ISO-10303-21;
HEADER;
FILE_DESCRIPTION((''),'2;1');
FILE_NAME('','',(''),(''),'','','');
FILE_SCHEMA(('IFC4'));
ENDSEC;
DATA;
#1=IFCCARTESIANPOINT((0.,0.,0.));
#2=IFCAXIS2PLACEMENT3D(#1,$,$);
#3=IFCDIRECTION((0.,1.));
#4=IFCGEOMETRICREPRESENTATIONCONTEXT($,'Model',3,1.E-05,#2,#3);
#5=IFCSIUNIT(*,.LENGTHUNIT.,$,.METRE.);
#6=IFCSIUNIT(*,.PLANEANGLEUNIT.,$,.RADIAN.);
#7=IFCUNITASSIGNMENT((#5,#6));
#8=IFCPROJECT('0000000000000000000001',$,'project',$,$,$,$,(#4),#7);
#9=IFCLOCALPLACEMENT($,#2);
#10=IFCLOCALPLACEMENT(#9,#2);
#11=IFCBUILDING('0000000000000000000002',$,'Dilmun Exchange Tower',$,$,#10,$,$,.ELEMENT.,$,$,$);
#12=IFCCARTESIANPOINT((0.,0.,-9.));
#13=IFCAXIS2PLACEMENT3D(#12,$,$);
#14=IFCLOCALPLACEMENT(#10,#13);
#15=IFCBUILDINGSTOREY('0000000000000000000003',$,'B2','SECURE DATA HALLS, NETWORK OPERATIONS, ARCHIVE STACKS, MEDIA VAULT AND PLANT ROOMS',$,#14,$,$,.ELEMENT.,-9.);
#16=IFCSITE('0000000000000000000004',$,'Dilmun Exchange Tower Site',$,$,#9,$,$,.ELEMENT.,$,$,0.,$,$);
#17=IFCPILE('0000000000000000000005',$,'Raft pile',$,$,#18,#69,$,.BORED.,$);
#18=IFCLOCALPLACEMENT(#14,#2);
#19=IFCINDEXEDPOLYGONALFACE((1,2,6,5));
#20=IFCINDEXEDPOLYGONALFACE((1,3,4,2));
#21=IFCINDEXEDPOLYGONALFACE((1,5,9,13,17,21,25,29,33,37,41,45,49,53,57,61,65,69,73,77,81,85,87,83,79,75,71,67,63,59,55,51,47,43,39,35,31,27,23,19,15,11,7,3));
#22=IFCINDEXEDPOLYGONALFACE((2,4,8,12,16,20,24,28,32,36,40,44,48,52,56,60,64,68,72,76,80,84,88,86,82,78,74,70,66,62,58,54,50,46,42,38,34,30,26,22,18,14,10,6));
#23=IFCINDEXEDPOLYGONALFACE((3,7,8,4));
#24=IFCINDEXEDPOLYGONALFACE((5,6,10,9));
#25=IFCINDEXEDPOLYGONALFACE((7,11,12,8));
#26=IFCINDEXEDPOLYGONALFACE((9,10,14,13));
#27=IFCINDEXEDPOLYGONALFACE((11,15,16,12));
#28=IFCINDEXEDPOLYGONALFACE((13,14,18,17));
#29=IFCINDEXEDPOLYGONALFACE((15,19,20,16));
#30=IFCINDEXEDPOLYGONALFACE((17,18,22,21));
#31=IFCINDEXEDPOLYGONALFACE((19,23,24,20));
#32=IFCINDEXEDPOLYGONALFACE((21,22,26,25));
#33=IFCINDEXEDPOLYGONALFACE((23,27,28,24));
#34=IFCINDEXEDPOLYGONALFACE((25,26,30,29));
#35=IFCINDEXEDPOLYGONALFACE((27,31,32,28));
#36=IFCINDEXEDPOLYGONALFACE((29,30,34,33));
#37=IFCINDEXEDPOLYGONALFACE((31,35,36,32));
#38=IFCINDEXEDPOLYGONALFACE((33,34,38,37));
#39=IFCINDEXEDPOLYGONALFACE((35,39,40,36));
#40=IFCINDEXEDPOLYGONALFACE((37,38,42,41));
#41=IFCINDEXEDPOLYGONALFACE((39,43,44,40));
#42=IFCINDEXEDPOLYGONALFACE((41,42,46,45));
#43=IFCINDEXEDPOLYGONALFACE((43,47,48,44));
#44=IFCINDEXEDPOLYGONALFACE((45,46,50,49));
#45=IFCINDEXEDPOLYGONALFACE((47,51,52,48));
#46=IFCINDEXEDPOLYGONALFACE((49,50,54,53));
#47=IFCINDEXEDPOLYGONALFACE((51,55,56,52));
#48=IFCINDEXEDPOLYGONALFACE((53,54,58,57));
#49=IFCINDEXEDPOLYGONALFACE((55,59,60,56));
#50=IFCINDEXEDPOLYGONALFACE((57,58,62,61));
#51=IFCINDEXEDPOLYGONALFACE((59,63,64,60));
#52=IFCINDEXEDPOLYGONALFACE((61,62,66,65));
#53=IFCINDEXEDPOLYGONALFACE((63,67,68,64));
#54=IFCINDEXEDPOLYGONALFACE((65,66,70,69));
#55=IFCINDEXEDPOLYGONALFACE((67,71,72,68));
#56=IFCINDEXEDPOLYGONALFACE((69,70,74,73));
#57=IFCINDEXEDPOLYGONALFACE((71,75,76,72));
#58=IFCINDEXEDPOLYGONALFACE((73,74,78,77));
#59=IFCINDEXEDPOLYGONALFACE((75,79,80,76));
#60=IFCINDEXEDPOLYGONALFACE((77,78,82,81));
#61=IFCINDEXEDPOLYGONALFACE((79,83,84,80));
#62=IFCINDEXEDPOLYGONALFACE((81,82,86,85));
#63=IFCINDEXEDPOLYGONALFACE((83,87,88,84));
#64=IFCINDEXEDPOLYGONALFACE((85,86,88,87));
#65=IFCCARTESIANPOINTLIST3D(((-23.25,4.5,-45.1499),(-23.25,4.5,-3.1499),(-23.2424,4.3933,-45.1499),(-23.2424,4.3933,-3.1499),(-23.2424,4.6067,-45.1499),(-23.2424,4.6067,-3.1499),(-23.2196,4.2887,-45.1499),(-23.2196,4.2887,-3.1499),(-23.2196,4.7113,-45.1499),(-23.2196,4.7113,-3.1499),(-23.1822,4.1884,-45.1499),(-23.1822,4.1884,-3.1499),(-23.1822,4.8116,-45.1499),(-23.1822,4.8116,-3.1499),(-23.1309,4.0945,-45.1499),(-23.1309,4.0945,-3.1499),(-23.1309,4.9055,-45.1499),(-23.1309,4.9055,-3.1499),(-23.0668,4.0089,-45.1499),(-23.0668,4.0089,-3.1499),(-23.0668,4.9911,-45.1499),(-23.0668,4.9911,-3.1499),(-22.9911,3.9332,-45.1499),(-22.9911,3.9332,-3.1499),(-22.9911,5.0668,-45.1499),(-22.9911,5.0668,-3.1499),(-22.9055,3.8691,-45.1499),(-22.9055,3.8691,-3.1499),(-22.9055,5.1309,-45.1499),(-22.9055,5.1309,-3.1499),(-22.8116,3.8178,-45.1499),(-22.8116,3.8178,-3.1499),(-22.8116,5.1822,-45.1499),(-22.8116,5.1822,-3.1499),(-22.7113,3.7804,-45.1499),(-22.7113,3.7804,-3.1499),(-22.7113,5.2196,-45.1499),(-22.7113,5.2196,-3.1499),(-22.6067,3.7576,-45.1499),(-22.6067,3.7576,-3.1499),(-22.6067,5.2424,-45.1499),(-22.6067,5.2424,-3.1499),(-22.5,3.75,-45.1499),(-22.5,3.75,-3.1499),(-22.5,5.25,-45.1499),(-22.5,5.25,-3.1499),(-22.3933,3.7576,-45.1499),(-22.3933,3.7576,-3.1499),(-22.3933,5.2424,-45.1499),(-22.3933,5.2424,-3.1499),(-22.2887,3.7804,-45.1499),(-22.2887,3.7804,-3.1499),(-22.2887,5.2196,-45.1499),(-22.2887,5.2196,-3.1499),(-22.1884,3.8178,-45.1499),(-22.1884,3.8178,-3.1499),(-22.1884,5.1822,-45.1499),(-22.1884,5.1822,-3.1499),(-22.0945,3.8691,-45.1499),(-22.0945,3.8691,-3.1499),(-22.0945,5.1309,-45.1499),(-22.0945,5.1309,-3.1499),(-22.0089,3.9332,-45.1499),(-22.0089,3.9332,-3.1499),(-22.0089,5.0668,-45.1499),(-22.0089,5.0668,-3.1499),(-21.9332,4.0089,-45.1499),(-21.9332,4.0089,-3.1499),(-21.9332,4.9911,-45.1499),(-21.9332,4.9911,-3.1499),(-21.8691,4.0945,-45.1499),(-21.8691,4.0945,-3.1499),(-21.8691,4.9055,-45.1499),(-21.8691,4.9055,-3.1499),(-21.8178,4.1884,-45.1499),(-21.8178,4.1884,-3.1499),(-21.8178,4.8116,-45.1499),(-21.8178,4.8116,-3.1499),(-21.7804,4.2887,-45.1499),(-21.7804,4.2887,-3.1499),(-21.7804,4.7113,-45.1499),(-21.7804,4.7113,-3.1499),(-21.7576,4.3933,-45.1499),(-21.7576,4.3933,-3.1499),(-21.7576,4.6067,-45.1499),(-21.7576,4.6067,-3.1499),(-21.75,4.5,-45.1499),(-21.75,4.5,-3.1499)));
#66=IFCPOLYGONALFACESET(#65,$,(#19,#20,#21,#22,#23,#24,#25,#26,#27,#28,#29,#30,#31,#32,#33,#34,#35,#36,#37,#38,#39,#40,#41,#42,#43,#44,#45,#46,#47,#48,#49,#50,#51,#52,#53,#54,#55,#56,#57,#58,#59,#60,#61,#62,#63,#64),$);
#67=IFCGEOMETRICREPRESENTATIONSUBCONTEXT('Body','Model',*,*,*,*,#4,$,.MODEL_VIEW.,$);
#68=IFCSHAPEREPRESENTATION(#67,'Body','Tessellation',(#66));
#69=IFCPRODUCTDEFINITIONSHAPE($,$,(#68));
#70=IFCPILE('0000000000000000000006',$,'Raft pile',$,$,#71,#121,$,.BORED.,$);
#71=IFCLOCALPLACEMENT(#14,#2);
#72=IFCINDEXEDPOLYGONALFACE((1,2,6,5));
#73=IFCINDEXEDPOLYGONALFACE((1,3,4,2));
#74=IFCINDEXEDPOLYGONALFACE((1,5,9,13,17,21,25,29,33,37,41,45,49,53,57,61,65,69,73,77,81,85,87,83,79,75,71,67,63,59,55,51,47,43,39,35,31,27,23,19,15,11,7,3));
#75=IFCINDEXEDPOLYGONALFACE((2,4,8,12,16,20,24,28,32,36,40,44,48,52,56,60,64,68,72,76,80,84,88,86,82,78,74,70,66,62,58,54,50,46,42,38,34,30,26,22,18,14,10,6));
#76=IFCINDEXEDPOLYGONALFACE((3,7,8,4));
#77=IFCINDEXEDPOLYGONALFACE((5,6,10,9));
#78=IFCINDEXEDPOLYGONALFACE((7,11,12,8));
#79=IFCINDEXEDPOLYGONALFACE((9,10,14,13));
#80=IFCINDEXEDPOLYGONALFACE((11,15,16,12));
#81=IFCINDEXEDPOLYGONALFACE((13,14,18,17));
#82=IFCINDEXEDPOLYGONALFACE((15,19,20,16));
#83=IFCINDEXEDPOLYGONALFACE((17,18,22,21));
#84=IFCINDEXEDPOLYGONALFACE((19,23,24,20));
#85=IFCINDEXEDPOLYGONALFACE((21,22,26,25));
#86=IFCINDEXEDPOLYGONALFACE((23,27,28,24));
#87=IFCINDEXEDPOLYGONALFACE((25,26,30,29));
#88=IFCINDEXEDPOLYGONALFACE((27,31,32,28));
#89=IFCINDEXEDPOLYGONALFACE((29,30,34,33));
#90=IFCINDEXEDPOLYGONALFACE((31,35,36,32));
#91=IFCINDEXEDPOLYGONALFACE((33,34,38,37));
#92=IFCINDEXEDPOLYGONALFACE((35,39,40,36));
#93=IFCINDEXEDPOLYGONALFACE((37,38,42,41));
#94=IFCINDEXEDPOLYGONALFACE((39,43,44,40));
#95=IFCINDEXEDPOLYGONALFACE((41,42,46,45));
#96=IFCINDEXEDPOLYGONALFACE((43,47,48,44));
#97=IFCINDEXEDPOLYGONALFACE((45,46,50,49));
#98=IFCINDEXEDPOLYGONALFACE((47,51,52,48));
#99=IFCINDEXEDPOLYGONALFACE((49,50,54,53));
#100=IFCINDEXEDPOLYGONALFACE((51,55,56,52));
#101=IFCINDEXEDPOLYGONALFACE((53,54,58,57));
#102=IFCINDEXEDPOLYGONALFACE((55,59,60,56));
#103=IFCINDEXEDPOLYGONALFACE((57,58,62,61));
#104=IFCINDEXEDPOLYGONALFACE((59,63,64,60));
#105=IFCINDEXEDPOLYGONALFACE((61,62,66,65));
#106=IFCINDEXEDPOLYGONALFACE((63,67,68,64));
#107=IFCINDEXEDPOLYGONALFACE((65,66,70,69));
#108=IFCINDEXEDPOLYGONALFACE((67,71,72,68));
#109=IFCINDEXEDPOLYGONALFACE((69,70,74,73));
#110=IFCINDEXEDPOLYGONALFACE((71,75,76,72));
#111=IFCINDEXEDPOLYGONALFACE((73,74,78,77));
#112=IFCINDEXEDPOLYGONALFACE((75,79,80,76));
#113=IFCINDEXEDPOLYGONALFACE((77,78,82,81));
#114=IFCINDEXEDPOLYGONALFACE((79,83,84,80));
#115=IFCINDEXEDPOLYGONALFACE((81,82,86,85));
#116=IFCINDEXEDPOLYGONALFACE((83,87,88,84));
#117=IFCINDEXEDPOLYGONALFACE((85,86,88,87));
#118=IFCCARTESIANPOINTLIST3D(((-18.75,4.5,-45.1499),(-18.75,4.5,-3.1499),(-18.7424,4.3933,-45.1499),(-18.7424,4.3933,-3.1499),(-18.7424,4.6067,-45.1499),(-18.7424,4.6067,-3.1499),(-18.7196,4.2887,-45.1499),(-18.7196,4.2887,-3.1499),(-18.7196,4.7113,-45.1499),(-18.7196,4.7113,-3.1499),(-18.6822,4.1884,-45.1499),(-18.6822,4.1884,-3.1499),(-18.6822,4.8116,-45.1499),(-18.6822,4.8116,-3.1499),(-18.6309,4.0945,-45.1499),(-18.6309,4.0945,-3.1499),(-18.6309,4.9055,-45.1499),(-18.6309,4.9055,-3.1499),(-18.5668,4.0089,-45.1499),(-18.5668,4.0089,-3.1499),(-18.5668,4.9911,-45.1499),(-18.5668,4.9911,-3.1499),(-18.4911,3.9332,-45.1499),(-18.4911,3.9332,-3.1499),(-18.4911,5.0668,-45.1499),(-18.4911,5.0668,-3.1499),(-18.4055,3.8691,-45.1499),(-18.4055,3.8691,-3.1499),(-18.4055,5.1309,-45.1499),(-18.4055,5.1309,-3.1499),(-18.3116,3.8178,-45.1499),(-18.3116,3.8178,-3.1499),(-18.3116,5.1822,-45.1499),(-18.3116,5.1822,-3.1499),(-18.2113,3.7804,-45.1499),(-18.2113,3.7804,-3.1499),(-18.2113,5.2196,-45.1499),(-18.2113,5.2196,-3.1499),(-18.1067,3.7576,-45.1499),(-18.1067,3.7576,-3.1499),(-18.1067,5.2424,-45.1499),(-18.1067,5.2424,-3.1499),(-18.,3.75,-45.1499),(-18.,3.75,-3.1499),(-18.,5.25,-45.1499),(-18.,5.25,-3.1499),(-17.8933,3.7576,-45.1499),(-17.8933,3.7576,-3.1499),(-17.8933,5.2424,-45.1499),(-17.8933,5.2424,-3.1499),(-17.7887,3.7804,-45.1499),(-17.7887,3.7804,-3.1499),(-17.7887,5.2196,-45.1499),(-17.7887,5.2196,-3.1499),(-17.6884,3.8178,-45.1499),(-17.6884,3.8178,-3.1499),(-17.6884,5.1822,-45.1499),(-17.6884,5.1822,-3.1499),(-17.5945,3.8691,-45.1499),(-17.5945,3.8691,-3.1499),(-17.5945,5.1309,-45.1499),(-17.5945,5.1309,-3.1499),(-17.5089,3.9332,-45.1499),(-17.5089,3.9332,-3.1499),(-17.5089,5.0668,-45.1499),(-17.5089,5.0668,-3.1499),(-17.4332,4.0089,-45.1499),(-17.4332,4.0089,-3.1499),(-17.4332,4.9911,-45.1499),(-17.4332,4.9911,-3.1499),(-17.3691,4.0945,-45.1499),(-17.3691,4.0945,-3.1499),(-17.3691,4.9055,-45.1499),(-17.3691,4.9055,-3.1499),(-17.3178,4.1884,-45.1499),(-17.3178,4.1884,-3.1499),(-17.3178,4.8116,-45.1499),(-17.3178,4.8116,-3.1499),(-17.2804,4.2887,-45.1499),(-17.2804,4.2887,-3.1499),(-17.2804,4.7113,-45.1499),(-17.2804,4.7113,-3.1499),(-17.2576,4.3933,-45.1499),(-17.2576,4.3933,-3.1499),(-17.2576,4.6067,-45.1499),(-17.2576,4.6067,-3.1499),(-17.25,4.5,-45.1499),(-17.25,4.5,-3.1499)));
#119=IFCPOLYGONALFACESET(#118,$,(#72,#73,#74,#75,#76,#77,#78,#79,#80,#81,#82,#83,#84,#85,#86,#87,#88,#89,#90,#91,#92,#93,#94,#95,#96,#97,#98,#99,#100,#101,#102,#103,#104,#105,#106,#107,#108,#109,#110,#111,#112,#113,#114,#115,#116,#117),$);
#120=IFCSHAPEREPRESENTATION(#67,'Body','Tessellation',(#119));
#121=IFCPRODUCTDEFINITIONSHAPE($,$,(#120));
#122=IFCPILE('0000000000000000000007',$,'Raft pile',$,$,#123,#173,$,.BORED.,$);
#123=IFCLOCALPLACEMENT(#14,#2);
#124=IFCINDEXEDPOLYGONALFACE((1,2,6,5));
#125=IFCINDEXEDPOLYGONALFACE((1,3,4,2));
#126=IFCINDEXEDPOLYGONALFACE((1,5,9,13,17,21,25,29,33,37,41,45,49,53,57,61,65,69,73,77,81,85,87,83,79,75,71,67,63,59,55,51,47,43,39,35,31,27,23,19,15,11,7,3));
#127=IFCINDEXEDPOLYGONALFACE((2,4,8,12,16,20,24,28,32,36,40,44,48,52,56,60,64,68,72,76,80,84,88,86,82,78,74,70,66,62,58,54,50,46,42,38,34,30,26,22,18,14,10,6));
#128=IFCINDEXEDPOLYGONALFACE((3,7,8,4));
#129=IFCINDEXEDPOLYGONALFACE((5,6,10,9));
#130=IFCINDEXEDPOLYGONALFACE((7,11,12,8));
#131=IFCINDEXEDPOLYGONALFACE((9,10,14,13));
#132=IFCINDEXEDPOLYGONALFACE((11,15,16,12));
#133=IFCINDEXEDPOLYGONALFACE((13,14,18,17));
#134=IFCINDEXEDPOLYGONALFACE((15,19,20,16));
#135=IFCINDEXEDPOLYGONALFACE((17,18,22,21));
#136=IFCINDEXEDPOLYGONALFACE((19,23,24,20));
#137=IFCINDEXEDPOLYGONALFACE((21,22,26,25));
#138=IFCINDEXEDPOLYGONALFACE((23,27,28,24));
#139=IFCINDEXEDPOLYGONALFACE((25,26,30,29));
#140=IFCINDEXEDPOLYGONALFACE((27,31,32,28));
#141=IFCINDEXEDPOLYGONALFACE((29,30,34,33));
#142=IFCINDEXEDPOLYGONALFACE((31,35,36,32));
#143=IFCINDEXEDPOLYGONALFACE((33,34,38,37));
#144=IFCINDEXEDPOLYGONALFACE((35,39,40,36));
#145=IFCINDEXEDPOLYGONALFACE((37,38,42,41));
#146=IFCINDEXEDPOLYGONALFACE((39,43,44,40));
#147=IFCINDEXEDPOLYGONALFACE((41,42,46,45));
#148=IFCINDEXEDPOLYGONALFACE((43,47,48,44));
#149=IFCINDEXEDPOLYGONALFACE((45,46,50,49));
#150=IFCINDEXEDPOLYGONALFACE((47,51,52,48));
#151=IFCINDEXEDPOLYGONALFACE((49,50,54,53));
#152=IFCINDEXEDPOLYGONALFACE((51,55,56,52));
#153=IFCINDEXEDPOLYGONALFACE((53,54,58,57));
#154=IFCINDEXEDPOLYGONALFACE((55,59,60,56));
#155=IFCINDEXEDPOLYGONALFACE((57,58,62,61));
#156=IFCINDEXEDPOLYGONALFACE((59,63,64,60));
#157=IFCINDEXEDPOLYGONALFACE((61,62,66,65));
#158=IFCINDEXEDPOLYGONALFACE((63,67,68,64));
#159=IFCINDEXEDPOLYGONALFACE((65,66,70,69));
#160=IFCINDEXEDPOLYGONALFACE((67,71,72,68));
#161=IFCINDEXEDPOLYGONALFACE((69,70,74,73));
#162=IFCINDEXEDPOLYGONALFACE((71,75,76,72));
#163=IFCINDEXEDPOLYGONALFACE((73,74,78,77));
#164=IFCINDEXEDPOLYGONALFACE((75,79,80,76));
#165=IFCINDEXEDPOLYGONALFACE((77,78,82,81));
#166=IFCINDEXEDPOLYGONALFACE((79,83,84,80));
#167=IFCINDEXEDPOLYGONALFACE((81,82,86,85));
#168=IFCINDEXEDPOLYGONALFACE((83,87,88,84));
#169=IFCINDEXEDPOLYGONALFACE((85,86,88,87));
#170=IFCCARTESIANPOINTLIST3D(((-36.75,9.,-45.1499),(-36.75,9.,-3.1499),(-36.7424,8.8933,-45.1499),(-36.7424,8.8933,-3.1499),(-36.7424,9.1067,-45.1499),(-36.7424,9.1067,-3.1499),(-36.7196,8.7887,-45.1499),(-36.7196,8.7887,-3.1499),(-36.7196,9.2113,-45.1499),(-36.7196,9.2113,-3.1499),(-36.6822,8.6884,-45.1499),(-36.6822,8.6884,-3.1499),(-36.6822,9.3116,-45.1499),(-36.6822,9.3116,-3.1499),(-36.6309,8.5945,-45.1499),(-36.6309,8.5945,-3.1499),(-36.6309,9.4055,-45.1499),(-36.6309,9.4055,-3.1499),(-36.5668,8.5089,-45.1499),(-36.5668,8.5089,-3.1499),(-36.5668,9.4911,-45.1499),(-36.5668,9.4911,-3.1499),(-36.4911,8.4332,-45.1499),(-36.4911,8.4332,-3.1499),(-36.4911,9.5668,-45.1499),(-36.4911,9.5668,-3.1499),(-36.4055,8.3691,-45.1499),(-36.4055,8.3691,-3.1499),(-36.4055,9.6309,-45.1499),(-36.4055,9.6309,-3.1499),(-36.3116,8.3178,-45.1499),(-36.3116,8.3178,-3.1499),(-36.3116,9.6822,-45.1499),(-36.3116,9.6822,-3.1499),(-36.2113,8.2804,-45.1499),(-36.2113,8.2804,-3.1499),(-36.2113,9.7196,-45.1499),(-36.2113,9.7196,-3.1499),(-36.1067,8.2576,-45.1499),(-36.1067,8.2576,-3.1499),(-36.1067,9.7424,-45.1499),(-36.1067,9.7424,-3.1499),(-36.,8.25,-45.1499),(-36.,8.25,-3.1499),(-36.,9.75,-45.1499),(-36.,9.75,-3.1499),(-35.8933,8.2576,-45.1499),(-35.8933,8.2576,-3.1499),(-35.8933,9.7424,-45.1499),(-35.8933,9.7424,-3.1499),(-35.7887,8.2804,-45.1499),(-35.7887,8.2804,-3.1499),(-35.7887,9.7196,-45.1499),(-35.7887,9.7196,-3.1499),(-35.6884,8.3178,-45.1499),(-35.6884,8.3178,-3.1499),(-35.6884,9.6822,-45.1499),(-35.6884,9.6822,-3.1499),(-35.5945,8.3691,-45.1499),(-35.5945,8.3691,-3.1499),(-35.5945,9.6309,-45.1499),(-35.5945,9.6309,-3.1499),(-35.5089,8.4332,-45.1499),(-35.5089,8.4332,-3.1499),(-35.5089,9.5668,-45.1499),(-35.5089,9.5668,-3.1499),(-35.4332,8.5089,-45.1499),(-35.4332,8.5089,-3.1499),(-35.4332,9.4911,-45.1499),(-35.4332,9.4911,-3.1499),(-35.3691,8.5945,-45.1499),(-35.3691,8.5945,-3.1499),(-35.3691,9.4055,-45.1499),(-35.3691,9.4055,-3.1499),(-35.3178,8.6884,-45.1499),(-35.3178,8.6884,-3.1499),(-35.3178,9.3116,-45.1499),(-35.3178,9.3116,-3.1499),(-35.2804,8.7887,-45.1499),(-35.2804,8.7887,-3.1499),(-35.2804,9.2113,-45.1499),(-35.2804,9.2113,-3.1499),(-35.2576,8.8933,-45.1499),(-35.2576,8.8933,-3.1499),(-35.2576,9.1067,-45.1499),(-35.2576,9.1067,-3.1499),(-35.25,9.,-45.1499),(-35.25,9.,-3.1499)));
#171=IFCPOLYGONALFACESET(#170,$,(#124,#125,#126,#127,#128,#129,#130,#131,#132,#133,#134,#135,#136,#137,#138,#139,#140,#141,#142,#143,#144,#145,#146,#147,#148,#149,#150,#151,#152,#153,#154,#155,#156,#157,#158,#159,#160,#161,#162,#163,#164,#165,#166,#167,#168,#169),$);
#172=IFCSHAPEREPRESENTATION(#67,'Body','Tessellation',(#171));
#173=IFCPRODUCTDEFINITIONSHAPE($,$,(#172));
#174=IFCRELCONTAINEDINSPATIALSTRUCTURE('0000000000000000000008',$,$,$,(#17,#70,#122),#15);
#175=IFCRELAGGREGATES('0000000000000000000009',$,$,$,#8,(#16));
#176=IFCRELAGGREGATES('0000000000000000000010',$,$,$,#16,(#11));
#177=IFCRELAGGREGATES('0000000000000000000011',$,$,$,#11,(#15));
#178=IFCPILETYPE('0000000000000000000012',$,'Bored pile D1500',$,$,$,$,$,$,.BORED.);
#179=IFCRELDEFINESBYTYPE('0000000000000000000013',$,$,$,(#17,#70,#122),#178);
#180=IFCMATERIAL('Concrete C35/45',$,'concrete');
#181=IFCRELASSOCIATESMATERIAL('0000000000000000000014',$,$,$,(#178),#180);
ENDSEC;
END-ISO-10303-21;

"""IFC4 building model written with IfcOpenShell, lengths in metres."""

from ifc_helpers import new_model, si_unit, direction, frame, origin, origin_2d, place, context, subcontext, project, spatial, circle, extrude, material, material_profile, profile_set, type_object, element, save


model = new_model("IFC4")

# Units and contexts
model_context = context("Model", 3, precision=1e-05, world=origin(), true_north=direction((0.0, 1.0)))
body_context = subcontext(model_context, "Body", "Model", "MODEL_VIEW")
ifc_project = project(units=[si_unit("LENGTHUNIT", "METRE"), si_unit("PLANEANGLEUNIT", "RADIAN")], contexts=[model_context])

# Site, building, storey
site_placement = place(None, origin())
site = spatial("IfcSite", under=ifc_project, at=site_placement, Name="Dilmun Exchange Tower Site", CompositionType="ELEMENT", RefElevation=0.0)
building_placement = place(site_placement, origin())
building = spatial("IfcBuilding", under=site, at=building_placement, Name="Dilmun Exchange Tower", CompositionType="ELEMENT")
storey_placement = place(building_placement, frame((0.0, 0.0, -9.0)))
storey = spatial("IfcBuildingStorey", under=building, at=storey_placement, Name="B2", Description="SECURE DATA HALLS, NETWORK OPERATIONS, ARCHIVE STACKS, MEDIA VAULT AND PLANT ROOMS", CompositionType="ELEMENT", Elevation=-9.0)

# Piles
ifc_material_1 = material(Name="Concrete C35/45", Category="concrete")
ifc_material_profile_1 = material_profile(ifc_material_1, circle(Radius=0.75, at=origin_2d()), Name="D1500")
ifc_profile_set_1 = profile_set([ifc_material_profile_1], Name="Concrete C35/45")
pile_type = type_object("IfcPileType", Name="Bored pile D1500", PredefinedType="BORED", material=ifc_profile_set_1)
for number, where, z_axis, x_axis, name in (
    (1, (-22.5, 4.5, -3.1499), (0.0, 0.0, -1.0), (1.0, 0.0, 0.0), "Raft pile"),
    (2, (-18.0, 4.5, -3.1499), (0.0, 0.0, -1.0), (1.0, 0.0, 0.0), "Raft pile"),
    (3, (-36.0, 9.0, -3.1499), (0.0, 0.0, -1.0), (1.0, 0.0, 0.0), "Raft pile"),
):
    element("IfcPile", number, at=place(storey_placement, frame(where, z_axis=z_axis, x_axis=x_axis)), inside=storey, type_object=pile_type, Name=name, PredefinedType="BORED", context=body_context, shape_type="SweptSolid", body=[
        extrude(circle(Radius=0.75, at=origin_2d()), origin(), (0.0, 0.0, 1.0), 42.0),
    ])

save(model, "model.ifc")
